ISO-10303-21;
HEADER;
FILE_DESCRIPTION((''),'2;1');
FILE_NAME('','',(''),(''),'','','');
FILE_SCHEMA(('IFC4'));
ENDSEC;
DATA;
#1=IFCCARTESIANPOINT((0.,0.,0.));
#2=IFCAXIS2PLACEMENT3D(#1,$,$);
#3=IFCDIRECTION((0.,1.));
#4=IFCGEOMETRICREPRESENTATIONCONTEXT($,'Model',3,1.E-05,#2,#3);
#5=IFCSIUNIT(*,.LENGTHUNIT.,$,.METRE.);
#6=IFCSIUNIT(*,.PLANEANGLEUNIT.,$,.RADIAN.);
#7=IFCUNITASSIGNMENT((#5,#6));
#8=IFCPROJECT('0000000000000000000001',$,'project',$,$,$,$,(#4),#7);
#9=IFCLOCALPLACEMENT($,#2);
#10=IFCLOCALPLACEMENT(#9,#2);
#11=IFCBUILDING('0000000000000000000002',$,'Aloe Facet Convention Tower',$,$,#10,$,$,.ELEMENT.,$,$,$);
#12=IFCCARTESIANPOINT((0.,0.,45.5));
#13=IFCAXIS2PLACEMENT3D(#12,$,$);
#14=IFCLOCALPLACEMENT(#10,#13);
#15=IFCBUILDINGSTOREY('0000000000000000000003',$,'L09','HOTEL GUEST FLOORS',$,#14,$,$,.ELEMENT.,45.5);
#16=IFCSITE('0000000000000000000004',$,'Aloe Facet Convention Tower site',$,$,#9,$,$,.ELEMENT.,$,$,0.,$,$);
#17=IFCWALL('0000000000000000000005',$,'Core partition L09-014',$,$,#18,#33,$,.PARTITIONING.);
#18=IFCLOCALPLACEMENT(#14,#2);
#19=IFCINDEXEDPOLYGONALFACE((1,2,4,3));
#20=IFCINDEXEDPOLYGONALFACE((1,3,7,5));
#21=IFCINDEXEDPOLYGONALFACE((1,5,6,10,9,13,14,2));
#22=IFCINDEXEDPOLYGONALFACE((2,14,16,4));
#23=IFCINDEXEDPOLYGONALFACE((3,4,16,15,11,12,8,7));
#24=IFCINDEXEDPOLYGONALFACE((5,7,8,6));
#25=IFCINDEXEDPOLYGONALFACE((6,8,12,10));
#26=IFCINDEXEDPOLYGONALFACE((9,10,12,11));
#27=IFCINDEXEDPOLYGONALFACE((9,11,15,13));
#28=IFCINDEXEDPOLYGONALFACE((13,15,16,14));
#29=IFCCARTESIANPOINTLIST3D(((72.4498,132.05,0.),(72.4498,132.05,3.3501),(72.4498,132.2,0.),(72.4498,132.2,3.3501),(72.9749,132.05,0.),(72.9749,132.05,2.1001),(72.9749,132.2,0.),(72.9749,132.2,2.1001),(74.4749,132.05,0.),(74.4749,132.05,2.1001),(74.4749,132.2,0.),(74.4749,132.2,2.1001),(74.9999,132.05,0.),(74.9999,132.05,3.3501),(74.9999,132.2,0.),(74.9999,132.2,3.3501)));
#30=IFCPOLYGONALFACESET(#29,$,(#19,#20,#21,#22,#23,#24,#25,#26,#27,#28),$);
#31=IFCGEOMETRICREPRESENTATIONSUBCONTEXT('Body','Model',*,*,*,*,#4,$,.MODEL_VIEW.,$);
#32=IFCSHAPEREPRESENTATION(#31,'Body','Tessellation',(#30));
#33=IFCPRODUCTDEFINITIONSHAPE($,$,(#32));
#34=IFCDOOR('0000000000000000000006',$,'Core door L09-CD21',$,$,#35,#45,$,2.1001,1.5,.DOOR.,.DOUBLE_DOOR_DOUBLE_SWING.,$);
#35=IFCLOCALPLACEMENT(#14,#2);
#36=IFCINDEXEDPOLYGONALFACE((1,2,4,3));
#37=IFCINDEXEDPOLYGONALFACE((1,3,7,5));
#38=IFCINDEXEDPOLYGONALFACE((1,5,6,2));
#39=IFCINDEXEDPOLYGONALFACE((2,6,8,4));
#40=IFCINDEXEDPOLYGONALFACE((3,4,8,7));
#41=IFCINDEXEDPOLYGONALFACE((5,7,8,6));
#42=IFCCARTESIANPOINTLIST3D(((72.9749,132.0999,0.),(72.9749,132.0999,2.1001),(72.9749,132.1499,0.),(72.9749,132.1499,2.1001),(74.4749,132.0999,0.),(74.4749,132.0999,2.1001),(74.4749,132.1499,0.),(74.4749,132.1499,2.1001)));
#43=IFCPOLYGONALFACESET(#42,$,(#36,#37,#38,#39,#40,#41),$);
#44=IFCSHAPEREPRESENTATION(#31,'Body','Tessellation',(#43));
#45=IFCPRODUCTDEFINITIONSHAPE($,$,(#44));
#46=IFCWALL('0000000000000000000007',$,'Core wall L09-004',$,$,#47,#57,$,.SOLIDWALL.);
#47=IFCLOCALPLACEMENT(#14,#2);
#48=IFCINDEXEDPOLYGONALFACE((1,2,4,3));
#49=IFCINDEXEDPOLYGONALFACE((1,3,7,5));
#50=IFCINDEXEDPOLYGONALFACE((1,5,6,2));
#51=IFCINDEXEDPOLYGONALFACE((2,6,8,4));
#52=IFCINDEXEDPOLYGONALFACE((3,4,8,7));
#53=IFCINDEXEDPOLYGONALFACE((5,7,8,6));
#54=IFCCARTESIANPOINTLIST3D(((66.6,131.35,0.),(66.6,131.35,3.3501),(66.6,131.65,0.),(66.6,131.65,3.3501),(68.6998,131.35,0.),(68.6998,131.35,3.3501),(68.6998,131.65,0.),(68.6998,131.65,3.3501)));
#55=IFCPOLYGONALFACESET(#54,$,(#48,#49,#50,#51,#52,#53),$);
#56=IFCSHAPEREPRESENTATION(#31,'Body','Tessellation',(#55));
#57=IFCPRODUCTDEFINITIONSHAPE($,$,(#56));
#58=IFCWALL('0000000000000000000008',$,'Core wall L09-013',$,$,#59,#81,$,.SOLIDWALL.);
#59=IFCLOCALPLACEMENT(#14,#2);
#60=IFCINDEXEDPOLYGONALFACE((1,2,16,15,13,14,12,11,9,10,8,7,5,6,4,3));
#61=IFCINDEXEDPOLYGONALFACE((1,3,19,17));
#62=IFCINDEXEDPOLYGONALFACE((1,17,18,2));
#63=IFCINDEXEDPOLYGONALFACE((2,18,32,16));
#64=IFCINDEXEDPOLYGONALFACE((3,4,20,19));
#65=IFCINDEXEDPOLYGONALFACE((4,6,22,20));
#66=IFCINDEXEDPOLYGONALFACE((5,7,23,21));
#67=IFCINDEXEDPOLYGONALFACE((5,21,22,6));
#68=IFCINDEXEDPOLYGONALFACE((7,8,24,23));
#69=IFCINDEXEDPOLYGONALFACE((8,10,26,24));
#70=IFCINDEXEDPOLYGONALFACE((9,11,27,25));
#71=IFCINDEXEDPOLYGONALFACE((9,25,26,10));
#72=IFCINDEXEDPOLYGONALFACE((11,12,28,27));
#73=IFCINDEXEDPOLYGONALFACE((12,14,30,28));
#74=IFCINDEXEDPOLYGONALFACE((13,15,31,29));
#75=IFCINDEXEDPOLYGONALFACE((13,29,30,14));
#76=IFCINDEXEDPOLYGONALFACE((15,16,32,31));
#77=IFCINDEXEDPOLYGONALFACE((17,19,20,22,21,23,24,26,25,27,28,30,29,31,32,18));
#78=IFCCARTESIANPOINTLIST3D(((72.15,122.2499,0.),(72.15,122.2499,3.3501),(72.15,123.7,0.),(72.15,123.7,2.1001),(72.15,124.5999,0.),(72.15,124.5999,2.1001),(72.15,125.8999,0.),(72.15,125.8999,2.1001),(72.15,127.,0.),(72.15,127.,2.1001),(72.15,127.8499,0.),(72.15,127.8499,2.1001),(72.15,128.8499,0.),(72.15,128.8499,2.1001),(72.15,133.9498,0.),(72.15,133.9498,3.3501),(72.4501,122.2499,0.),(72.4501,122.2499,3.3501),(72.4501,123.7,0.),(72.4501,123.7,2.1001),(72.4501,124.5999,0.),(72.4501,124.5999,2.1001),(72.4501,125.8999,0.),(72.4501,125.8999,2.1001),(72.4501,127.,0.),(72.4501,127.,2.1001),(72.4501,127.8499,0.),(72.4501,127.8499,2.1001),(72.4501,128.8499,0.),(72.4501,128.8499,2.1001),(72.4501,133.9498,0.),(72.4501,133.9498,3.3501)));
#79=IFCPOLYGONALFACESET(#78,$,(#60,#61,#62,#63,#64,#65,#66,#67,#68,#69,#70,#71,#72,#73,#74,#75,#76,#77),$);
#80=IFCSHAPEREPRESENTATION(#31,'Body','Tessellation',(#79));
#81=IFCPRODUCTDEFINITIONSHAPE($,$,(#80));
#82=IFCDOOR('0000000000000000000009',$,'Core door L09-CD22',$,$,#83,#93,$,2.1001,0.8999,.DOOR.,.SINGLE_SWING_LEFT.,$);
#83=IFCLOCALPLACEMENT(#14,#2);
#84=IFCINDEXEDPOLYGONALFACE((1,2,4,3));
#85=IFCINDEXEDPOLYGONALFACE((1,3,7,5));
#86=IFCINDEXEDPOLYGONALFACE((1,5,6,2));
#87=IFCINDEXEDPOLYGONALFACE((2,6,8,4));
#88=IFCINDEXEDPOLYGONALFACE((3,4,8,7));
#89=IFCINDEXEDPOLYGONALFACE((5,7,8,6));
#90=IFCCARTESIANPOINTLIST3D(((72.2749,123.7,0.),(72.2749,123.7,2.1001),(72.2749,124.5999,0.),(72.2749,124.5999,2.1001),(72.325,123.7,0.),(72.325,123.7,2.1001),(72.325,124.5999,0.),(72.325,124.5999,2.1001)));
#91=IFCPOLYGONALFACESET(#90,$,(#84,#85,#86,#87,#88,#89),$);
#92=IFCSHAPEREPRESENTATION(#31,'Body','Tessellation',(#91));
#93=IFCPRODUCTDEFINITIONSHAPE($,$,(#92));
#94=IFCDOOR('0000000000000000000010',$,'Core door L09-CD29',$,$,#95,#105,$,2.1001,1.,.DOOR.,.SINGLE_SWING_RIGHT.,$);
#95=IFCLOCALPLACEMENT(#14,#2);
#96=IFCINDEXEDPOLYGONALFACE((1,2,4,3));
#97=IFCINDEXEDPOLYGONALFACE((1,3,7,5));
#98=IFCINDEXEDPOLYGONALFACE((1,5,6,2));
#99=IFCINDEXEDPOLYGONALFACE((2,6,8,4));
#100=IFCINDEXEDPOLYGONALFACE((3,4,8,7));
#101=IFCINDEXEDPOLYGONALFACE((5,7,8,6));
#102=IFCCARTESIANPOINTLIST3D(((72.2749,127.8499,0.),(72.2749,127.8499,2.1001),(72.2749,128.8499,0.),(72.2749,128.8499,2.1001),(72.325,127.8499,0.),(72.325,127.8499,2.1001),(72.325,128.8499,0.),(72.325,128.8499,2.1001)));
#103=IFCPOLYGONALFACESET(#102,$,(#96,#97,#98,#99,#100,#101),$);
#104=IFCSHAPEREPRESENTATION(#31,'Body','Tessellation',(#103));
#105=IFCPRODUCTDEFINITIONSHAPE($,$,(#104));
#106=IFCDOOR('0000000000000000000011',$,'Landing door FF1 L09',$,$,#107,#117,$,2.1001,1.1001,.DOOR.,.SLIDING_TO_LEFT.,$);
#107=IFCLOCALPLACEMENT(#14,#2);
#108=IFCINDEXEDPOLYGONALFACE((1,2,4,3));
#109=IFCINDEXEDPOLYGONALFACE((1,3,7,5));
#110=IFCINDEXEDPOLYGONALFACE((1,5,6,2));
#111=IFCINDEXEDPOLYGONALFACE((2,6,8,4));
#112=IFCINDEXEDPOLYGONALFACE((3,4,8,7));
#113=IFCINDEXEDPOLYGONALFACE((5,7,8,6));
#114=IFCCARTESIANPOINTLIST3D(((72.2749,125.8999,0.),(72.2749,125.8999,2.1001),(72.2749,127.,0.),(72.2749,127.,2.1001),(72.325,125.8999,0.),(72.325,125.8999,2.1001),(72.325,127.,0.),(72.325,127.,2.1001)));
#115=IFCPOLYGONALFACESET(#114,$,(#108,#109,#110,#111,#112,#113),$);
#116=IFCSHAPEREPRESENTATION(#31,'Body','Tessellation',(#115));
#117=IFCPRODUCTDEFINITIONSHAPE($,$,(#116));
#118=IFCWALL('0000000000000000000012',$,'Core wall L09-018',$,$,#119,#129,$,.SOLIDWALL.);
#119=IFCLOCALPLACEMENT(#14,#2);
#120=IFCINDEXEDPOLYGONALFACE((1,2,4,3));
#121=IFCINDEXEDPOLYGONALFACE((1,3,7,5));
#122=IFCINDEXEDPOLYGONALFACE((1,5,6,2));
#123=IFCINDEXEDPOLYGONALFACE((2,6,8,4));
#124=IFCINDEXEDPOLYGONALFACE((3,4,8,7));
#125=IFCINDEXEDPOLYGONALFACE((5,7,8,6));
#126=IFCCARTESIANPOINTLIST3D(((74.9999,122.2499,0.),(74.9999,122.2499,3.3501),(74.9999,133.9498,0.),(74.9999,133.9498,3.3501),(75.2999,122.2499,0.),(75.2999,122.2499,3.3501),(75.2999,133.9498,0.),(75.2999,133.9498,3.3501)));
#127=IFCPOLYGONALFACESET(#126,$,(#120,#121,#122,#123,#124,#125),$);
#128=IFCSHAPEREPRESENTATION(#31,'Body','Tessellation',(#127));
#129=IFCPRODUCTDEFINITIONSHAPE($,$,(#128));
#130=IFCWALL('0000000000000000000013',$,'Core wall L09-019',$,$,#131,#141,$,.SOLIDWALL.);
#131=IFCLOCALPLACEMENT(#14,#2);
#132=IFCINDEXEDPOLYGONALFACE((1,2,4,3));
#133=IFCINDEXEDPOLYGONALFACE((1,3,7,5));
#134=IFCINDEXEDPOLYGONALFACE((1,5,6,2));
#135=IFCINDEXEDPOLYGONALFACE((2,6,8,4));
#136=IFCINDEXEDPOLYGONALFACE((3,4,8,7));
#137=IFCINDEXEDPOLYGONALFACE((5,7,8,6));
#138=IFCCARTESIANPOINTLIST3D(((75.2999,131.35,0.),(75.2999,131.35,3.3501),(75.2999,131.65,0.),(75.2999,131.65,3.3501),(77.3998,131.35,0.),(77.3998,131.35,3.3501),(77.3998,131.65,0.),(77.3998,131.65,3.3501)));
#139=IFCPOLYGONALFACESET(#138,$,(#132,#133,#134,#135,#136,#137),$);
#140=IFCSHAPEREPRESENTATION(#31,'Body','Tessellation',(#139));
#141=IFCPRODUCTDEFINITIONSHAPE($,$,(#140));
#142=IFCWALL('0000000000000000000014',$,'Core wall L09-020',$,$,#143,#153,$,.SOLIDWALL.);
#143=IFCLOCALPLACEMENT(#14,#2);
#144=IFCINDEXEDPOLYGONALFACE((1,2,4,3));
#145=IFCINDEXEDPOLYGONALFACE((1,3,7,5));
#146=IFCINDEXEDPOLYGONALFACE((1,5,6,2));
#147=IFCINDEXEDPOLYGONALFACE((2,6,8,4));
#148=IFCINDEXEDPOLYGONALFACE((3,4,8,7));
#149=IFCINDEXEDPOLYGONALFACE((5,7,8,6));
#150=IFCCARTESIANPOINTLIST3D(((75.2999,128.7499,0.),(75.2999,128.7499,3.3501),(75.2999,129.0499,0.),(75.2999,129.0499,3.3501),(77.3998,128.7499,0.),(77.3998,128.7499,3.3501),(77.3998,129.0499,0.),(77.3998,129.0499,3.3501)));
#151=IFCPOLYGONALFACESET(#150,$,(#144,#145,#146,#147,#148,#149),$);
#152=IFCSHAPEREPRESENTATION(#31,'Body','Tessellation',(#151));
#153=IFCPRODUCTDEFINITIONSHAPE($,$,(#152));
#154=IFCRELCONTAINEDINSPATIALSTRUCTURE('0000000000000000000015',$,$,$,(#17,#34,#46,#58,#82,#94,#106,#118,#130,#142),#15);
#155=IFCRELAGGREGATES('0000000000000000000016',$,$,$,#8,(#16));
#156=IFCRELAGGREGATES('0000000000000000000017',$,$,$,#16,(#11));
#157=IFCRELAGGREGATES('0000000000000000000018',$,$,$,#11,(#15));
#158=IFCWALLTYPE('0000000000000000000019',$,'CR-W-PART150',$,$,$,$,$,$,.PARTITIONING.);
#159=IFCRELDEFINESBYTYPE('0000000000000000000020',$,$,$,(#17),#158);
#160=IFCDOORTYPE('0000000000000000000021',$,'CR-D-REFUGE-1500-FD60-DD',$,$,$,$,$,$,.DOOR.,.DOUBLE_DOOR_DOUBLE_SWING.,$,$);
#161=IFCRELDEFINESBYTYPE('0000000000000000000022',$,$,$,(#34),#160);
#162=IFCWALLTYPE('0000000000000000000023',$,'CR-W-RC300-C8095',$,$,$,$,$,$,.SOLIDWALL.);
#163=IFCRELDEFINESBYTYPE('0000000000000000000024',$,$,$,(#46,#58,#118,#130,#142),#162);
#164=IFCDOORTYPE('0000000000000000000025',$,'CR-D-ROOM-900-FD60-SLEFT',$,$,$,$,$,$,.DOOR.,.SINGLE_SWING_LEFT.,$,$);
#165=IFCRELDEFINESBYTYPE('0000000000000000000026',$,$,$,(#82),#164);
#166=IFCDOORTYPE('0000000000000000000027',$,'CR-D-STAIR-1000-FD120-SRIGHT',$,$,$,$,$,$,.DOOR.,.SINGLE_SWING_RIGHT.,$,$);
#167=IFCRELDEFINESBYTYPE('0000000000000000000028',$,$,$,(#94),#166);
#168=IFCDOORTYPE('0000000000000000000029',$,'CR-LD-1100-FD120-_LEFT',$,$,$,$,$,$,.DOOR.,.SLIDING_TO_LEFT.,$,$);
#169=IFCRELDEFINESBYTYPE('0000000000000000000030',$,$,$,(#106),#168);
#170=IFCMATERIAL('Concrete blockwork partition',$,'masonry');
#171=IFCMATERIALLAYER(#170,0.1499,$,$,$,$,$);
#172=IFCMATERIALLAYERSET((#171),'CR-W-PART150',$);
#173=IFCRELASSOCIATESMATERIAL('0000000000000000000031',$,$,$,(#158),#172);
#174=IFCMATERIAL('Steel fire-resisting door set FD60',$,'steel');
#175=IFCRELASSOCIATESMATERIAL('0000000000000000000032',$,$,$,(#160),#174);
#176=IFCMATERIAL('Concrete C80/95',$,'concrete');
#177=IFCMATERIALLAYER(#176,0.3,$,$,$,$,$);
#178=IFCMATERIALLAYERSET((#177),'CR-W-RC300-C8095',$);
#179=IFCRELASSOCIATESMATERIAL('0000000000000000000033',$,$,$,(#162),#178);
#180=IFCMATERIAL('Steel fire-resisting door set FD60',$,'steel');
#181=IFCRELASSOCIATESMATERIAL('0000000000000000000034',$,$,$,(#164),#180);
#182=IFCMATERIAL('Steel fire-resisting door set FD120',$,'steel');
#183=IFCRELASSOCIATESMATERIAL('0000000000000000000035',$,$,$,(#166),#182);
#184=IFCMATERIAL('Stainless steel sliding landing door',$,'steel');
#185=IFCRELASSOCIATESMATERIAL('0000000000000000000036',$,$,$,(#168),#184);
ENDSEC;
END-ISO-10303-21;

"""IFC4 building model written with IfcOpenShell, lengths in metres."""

from ifc_helpers import new_model, si_unit, direction, frame, frame_2d, origin, place, context, subcontext, project, spatial, rectangle, extrude, material, layer, layer_set, type_object, element, fill, save


model = new_model("IFC4")

# Units and contexts
model_context = context("Model", 3, precision=1e-05, world=origin(), true_north=direction((0.0, 1.0)))
body_context = subcontext(model_context, "Body", "Model", "MODEL_VIEW")
ifc_project = project(units=[si_unit("LENGTHUNIT", "METRE"), si_unit("PLANEANGLEUNIT", "RADIAN")], contexts=[model_context])

# Site, building, storey
site_placement = place(None, origin())
site = spatial("IfcSite", under=ifc_project, at=site_placement, Name="Aloe Facet Convention Tower site", CompositionType="ELEMENT", RefElevation=0.0)
building_placement = place(site_placement, origin())
building = spatial("IfcBuilding", under=site, at=building_placement, Name="Aloe Facet Convention Tower", CompositionType="ELEMENT")
storey_placement = place(building_placement, frame((0.0, 0.0, 45.5)))
storey = spatial("IfcBuildingStorey", under=building, at=storey_placement, Name="L09", Description="HOTEL GUEST FLOORS", CompositionType="ELEMENT", Elevation=45.5)

# Wall, opening, door
ifc_material_1 = material(Name="Concrete blockwork partition", Category="masonry")
ifc_layer_1 = layer(ifc_material_1, 0.1499)
ifc_layer_set_1 = layer_set([ifc_layer_1], Name="CR-W-PART150")
wall_type_1 = type_object("IfcWallType", Name="CR-W-PART150", PredefinedType="PARTITIONING", material=ifc_layer_set_1)
wall_1_placement = place(storey_placement, frame((72.45, 132.125, 0.0), z_axis=(0.0, 0.0, 1.0), x_axis=(1.0, 0.0, 0.0)))
wall_1 = element("IfcWall", 1, at=wall_1_placement, inside=storey, type_object=wall_type_1, Name="Core partition L09-014", PredefinedType="PARTITIONING", context=body_context, shape_type="SweptSolid", body=[
    extrude(rectangle(XDim=2.55, YDim=0.1499, at=frame_2d((1.2749, 0.0))), origin(), (0.0, 0.0, 1.0), 3.3501),
])
opening_1_placement = place(wall_1_placement, frame((0.5249, 0.0, 0.0)))
opening_1 = element("IfcOpeningElement", 2, at=opening_1_placement, cuts=wall_1, PredefinedType="OPENING", context=body_context, shape_type="SweptSolid", body=[
    extrude(rectangle(XDim=1.5, YDim=2.1001, at=frame_2d((0.75, 1.05))), frame((0.0, 0.085, 0.0), z_axis=(0.0, -1.0, 0.0), x_axis=(1.0, 0.0, 0.0)), (0.0, 0.0, 1.0), 0.1699),
])
ifc_material_2 = material(Name="Steel fire-resisting door set FD60", Category="steel")
door_type_1 = type_object("IfcDoorType", Name="CR-D-REFUGE-1500-FD60-DD", OperationType="DOUBLE_DOOR_DOUBLE_SWING", PredefinedType="DOOR", material=ifc_material_2)
door_1_placement = place(opening_1_placement, origin())
door_1 = element("IfcDoor", 3, at=door_1_placement, inside=storey, type_object=door_type_1, Name="Core door L09-CD21", OperationType="DOUBLE_DOOR_DOUBLE_SWING", OverallHeight=2.1001, OverallWidth=1.5, PredefinedType="DOOR", context=body_context, shape_type="SweptSolid", body=[
    extrude(rectangle(XDim=1.5, YDim=2.1001, at=frame_2d((0.75, 1.05))), frame((0.0, 0.0249, 0.0), z_axis=(0.0, -1.0, 0.0), x_axis=(1.0, 0.0, 0.0)), (0.0, 0.0, 1.0), 0.05),
])
fill(opening_1, door_1)

# Wall
ifc_material_3 = material(Name="Concrete C80/95", Category="concrete")
ifc_layer_2 = layer(ifc_material_3, 0.3)
ifc_layer_set_2 = layer_set([ifc_layer_2], Name="CR-W-RC300-C8095")
wall_type_2 = type_object("IfcWallType", Name="CR-W-RC300-C8095", PredefinedType="SOLIDWALL", material=ifc_layer_set_2)
wall_2_placement = place(storey_placement, frame((66.6001, 131.5, 0.0), z_axis=(0.0, 0.0, 1.0), x_axis=(1.0, 0.0, 0.0)))
element("IfcWall", 4, at=wall_2_placement, inside=storey, type_object=wall_type_2, Name="Core wall L09-004", PredefinedType="SOLIDWALL", context=body_context, shape_type="SweptSolid", body=[
    extrude(rectangle(XDim=2.0999, YDim=0.3, at=frame_2d((1.0498, 0.0))), origin(), (0.0, 0.0, 1.0), 3.3501),
])

# Wall, openings, doors
wall_3_placement = place(storey_placement, frame((72.3, 133.95, 0.0), z_axis=(0.0, 0.0, 1.0), x_axis=(0.0, -1.0, 0.0)))
wall_3 = element("IfcWall", 5, at=wall_3_placement, inside=storey, type_object=wall_type_2, Name="Core wall L09-013", PredefinedType="SOLIDWALL", context=body_context, shape_type="SweptSolid", body=[
    extrude(rectangle(XDim=11.7, YDim=0.3, at=frame_2d((5.8501, 0.0))), origin(), (0.0, 0.0, 1.0), 3.3501),
])
opening_2_placement = place(wall_3_placement, frame((6.95, 0.0, 0.0)))
opening_2 = element("IfcOpeningElement", 6, at=opening_2_placement, cuts=wall_3, PredefinedType="OPENING", context=body_context, shape_type="SweptSolid", body=[
    extrude(rectangle(XDim=1.1001, YDim=2.1001, at=frame_2d((0.55, 1.05))), frame((0.0, 0.1602, 0.0), z_axis=(0.0, -1.0, 0.0), x_axis=(1.0, 0.0, 0.0)), (0.0, 0.0, 1.0), 0.3201),
])
opening_3_placement = place(wall_3_placement, frame((9.3501, 0.0, 0.0)))
opening_3 = element("IfcOpeningElement", 7, at=opening_3_placement, cuts=wall_3, PredefinedType="OPENING", context=body_context, shape_type="SweptSolid", body=[
    extrude(rectangle(XDim=0.8999, YDim=2.1001, at=frame_2d((0.45, 1.05))), frame((0.0, 0.1602, 0.0), z_axis=(0.0, -1.0, 0.0), x_axis=(1.0, 0.0, 0.0)), (0.0, 0.0, 1.0), 0.3201),
])
opening_4_placement = place(wall_3_placement, frame((5.1001, 0.0, 0.0)))
opening_4 = element("IfcOpeningElement", 8, at=opening_4_placement, cuts=wall_3, PredefinedType="OPENING", context=body_context, shape_type="SweptSolid", body=[
    extrude(rectangle(XDim=1.0, YDim=2.1001, at=frame_2d((0.5, 1.05))), frame((0.0, 0.1602, 0.0), z_axis=(0.0, -1.0, 0.0), x_axis=(1.0, 0.0, 0.0)), (0.0, 0.0, 1.0), 0.3201),
])
ifc_material_4 = material(Name="Steel fire-resisting door set FD60", Category="steel")
door_type_2 = type_object("IfcDoorType", Name="CR-D-ROOM-900-FD60-SLEFT", OperationType="SINGLE_SWING_LEFT", PredefinedType="DOOR", material=ifc_material_4)
door_2_placement = place(opening_3_placement, origin())
door_2 = element("IfcDoor", 9, at=door_2_placement, inside=storey, type_object=door_type_2, Name="Core door L09-CD22", OperationType="SINGLE_SWING_LEFT", OverallHeight=2.1001, OverallWidth=0.8999, PredefinedType="DOOR", context=body_context, shape_type="SweptSolid", body=[
    extrude(rectangle(XDim=0.8999, YDim=2.1001, at=frame_2d((0.45, 1.05))), frame((0.0, 0.0249, 0.0), z_axis=(0.0, -1.0, 0.0), x_axis=(1.0, 0.0, 0.0)), (0.0, 0.0, 1.0), 0.05),
])
fill(opening_3, door_2)
ifc_material_5 = material(Name="Steel fire-resisting door set FD120", Category="steel")
door_type_3 = type_object("IfcDoorType", Name="CR-D-STAIR-1000-FD120-SRIGHT", OperationType="SINGLE_SWING_RIGHT", PredefinedType="DOOR", material=ifc_material_5)
door_3_placement = place(opening_4_placement, origin())
door_3 = element("IfcDoor", 10, at=door_3_placement, inside=storey, type_object=door_type_3, Name="Core door L09-CD29", OperationType="SINGLE_SWING_RIGHT", OverallHeight=2.1001, OverallWidth=1.0, PredefinedType="DOOR", context=body_context, shape_type="SweptSolid", body=[
    extrude(rectangle(XDim=1.0, YDim=2.1001, at=frame_2d((0.5, 1.05))), frame((0.0, 0.0249, 0.0), z_axis=(0.0, -1.0, 0.0), x_axis=(1.0, 0.0, 0.0)), (0.0, 0.0, 1.0), 0.05),
])
fill(opening_4, door_3)
ifc_material_6 = material(Name="Stainless steel sliding landing door", Category="steel")
door_type_4 = type_object("IfcDoorType", Name="CR-LD-1100-FD120-_LEFT", OperationType="SLIDING_TO_LEFT", PredefinedType="DOOR", material=ifc_material_6)
door_4_placement = place(opening_2_placement, origin())
door_4 = element("IfcDoor", 11, at=door_4_placement, inside=storey, type_object=door_type_4, Name="Landing door FF1 L09", OperationType="SLIDING_TO_LEFT", OverallHeight=2.1001, OverallWidth=1.1001, PredefinedType="DOOR", context=body_context, shape_type="SweptSolid", body=[
    extrude(rectangle(XDim=1.1001, YDim=2.1001, at=frame_2d((0.55, 1.05))), frame((0.0, 0.0249, 0.0), z_axis=(0.0, -1.0, 0.0), x_axis=(1.0, 0.0, 0.0)), (0.0, 0.0, 1.0), 0.05),
])
fill(opening_2, door_4)

# Walls
wall_4_placement = place(storey_placement, frame((75.1499, 133.95, 0.0), z_axis=(0.0, 0.0, 1.0), x_axis=(0.0, -1.0, 0.0)))
element("IfcWall", 12, at=wall_4_placement, inside=storey, type_object=wall_type_2, Name="Core wall L09-018", PredefinedType="SOLIDWALL", context=body_context, shape_type="SweptSolid", body=[
    extrude(rectangle(XDim=11.7, YDim=0.3, at=frame_2d((5.8501, 0.0))), origin(), (0.0, 0.0, 1.0), 3.3501),
])
for number, where, z_axis, x_axis, name in (
    (13, (75.3, 131.5, 0.0), (0.0, 0.0, 1.0), (1.0, 0.0, 0.0), "Core wall L09-019"),
    (14, (75.3, 128.8999, 0.0), (0.0, 0.0, 1.0), (1.0, 0.0, 0.0), "Core wall L09-020"),
):
    element("IfcWall", number, at=place(storey_placement, frame(where, z_axis=z_axis, x_axis=x_axis)), inside=storey, type_object=wall_type_2, Name=name, PredefinedType="SOLIDWALL", context=body_context, shape_type="SweptSolid", body=[
        extrude(rectangle(XDim=2.0999, YDim=0.3, at=frame_2d((1.0498, 0.0))), origin(), (0.0, 0.0, 1.0), 3.3501),
    ])

save(model, "model.ifc")
